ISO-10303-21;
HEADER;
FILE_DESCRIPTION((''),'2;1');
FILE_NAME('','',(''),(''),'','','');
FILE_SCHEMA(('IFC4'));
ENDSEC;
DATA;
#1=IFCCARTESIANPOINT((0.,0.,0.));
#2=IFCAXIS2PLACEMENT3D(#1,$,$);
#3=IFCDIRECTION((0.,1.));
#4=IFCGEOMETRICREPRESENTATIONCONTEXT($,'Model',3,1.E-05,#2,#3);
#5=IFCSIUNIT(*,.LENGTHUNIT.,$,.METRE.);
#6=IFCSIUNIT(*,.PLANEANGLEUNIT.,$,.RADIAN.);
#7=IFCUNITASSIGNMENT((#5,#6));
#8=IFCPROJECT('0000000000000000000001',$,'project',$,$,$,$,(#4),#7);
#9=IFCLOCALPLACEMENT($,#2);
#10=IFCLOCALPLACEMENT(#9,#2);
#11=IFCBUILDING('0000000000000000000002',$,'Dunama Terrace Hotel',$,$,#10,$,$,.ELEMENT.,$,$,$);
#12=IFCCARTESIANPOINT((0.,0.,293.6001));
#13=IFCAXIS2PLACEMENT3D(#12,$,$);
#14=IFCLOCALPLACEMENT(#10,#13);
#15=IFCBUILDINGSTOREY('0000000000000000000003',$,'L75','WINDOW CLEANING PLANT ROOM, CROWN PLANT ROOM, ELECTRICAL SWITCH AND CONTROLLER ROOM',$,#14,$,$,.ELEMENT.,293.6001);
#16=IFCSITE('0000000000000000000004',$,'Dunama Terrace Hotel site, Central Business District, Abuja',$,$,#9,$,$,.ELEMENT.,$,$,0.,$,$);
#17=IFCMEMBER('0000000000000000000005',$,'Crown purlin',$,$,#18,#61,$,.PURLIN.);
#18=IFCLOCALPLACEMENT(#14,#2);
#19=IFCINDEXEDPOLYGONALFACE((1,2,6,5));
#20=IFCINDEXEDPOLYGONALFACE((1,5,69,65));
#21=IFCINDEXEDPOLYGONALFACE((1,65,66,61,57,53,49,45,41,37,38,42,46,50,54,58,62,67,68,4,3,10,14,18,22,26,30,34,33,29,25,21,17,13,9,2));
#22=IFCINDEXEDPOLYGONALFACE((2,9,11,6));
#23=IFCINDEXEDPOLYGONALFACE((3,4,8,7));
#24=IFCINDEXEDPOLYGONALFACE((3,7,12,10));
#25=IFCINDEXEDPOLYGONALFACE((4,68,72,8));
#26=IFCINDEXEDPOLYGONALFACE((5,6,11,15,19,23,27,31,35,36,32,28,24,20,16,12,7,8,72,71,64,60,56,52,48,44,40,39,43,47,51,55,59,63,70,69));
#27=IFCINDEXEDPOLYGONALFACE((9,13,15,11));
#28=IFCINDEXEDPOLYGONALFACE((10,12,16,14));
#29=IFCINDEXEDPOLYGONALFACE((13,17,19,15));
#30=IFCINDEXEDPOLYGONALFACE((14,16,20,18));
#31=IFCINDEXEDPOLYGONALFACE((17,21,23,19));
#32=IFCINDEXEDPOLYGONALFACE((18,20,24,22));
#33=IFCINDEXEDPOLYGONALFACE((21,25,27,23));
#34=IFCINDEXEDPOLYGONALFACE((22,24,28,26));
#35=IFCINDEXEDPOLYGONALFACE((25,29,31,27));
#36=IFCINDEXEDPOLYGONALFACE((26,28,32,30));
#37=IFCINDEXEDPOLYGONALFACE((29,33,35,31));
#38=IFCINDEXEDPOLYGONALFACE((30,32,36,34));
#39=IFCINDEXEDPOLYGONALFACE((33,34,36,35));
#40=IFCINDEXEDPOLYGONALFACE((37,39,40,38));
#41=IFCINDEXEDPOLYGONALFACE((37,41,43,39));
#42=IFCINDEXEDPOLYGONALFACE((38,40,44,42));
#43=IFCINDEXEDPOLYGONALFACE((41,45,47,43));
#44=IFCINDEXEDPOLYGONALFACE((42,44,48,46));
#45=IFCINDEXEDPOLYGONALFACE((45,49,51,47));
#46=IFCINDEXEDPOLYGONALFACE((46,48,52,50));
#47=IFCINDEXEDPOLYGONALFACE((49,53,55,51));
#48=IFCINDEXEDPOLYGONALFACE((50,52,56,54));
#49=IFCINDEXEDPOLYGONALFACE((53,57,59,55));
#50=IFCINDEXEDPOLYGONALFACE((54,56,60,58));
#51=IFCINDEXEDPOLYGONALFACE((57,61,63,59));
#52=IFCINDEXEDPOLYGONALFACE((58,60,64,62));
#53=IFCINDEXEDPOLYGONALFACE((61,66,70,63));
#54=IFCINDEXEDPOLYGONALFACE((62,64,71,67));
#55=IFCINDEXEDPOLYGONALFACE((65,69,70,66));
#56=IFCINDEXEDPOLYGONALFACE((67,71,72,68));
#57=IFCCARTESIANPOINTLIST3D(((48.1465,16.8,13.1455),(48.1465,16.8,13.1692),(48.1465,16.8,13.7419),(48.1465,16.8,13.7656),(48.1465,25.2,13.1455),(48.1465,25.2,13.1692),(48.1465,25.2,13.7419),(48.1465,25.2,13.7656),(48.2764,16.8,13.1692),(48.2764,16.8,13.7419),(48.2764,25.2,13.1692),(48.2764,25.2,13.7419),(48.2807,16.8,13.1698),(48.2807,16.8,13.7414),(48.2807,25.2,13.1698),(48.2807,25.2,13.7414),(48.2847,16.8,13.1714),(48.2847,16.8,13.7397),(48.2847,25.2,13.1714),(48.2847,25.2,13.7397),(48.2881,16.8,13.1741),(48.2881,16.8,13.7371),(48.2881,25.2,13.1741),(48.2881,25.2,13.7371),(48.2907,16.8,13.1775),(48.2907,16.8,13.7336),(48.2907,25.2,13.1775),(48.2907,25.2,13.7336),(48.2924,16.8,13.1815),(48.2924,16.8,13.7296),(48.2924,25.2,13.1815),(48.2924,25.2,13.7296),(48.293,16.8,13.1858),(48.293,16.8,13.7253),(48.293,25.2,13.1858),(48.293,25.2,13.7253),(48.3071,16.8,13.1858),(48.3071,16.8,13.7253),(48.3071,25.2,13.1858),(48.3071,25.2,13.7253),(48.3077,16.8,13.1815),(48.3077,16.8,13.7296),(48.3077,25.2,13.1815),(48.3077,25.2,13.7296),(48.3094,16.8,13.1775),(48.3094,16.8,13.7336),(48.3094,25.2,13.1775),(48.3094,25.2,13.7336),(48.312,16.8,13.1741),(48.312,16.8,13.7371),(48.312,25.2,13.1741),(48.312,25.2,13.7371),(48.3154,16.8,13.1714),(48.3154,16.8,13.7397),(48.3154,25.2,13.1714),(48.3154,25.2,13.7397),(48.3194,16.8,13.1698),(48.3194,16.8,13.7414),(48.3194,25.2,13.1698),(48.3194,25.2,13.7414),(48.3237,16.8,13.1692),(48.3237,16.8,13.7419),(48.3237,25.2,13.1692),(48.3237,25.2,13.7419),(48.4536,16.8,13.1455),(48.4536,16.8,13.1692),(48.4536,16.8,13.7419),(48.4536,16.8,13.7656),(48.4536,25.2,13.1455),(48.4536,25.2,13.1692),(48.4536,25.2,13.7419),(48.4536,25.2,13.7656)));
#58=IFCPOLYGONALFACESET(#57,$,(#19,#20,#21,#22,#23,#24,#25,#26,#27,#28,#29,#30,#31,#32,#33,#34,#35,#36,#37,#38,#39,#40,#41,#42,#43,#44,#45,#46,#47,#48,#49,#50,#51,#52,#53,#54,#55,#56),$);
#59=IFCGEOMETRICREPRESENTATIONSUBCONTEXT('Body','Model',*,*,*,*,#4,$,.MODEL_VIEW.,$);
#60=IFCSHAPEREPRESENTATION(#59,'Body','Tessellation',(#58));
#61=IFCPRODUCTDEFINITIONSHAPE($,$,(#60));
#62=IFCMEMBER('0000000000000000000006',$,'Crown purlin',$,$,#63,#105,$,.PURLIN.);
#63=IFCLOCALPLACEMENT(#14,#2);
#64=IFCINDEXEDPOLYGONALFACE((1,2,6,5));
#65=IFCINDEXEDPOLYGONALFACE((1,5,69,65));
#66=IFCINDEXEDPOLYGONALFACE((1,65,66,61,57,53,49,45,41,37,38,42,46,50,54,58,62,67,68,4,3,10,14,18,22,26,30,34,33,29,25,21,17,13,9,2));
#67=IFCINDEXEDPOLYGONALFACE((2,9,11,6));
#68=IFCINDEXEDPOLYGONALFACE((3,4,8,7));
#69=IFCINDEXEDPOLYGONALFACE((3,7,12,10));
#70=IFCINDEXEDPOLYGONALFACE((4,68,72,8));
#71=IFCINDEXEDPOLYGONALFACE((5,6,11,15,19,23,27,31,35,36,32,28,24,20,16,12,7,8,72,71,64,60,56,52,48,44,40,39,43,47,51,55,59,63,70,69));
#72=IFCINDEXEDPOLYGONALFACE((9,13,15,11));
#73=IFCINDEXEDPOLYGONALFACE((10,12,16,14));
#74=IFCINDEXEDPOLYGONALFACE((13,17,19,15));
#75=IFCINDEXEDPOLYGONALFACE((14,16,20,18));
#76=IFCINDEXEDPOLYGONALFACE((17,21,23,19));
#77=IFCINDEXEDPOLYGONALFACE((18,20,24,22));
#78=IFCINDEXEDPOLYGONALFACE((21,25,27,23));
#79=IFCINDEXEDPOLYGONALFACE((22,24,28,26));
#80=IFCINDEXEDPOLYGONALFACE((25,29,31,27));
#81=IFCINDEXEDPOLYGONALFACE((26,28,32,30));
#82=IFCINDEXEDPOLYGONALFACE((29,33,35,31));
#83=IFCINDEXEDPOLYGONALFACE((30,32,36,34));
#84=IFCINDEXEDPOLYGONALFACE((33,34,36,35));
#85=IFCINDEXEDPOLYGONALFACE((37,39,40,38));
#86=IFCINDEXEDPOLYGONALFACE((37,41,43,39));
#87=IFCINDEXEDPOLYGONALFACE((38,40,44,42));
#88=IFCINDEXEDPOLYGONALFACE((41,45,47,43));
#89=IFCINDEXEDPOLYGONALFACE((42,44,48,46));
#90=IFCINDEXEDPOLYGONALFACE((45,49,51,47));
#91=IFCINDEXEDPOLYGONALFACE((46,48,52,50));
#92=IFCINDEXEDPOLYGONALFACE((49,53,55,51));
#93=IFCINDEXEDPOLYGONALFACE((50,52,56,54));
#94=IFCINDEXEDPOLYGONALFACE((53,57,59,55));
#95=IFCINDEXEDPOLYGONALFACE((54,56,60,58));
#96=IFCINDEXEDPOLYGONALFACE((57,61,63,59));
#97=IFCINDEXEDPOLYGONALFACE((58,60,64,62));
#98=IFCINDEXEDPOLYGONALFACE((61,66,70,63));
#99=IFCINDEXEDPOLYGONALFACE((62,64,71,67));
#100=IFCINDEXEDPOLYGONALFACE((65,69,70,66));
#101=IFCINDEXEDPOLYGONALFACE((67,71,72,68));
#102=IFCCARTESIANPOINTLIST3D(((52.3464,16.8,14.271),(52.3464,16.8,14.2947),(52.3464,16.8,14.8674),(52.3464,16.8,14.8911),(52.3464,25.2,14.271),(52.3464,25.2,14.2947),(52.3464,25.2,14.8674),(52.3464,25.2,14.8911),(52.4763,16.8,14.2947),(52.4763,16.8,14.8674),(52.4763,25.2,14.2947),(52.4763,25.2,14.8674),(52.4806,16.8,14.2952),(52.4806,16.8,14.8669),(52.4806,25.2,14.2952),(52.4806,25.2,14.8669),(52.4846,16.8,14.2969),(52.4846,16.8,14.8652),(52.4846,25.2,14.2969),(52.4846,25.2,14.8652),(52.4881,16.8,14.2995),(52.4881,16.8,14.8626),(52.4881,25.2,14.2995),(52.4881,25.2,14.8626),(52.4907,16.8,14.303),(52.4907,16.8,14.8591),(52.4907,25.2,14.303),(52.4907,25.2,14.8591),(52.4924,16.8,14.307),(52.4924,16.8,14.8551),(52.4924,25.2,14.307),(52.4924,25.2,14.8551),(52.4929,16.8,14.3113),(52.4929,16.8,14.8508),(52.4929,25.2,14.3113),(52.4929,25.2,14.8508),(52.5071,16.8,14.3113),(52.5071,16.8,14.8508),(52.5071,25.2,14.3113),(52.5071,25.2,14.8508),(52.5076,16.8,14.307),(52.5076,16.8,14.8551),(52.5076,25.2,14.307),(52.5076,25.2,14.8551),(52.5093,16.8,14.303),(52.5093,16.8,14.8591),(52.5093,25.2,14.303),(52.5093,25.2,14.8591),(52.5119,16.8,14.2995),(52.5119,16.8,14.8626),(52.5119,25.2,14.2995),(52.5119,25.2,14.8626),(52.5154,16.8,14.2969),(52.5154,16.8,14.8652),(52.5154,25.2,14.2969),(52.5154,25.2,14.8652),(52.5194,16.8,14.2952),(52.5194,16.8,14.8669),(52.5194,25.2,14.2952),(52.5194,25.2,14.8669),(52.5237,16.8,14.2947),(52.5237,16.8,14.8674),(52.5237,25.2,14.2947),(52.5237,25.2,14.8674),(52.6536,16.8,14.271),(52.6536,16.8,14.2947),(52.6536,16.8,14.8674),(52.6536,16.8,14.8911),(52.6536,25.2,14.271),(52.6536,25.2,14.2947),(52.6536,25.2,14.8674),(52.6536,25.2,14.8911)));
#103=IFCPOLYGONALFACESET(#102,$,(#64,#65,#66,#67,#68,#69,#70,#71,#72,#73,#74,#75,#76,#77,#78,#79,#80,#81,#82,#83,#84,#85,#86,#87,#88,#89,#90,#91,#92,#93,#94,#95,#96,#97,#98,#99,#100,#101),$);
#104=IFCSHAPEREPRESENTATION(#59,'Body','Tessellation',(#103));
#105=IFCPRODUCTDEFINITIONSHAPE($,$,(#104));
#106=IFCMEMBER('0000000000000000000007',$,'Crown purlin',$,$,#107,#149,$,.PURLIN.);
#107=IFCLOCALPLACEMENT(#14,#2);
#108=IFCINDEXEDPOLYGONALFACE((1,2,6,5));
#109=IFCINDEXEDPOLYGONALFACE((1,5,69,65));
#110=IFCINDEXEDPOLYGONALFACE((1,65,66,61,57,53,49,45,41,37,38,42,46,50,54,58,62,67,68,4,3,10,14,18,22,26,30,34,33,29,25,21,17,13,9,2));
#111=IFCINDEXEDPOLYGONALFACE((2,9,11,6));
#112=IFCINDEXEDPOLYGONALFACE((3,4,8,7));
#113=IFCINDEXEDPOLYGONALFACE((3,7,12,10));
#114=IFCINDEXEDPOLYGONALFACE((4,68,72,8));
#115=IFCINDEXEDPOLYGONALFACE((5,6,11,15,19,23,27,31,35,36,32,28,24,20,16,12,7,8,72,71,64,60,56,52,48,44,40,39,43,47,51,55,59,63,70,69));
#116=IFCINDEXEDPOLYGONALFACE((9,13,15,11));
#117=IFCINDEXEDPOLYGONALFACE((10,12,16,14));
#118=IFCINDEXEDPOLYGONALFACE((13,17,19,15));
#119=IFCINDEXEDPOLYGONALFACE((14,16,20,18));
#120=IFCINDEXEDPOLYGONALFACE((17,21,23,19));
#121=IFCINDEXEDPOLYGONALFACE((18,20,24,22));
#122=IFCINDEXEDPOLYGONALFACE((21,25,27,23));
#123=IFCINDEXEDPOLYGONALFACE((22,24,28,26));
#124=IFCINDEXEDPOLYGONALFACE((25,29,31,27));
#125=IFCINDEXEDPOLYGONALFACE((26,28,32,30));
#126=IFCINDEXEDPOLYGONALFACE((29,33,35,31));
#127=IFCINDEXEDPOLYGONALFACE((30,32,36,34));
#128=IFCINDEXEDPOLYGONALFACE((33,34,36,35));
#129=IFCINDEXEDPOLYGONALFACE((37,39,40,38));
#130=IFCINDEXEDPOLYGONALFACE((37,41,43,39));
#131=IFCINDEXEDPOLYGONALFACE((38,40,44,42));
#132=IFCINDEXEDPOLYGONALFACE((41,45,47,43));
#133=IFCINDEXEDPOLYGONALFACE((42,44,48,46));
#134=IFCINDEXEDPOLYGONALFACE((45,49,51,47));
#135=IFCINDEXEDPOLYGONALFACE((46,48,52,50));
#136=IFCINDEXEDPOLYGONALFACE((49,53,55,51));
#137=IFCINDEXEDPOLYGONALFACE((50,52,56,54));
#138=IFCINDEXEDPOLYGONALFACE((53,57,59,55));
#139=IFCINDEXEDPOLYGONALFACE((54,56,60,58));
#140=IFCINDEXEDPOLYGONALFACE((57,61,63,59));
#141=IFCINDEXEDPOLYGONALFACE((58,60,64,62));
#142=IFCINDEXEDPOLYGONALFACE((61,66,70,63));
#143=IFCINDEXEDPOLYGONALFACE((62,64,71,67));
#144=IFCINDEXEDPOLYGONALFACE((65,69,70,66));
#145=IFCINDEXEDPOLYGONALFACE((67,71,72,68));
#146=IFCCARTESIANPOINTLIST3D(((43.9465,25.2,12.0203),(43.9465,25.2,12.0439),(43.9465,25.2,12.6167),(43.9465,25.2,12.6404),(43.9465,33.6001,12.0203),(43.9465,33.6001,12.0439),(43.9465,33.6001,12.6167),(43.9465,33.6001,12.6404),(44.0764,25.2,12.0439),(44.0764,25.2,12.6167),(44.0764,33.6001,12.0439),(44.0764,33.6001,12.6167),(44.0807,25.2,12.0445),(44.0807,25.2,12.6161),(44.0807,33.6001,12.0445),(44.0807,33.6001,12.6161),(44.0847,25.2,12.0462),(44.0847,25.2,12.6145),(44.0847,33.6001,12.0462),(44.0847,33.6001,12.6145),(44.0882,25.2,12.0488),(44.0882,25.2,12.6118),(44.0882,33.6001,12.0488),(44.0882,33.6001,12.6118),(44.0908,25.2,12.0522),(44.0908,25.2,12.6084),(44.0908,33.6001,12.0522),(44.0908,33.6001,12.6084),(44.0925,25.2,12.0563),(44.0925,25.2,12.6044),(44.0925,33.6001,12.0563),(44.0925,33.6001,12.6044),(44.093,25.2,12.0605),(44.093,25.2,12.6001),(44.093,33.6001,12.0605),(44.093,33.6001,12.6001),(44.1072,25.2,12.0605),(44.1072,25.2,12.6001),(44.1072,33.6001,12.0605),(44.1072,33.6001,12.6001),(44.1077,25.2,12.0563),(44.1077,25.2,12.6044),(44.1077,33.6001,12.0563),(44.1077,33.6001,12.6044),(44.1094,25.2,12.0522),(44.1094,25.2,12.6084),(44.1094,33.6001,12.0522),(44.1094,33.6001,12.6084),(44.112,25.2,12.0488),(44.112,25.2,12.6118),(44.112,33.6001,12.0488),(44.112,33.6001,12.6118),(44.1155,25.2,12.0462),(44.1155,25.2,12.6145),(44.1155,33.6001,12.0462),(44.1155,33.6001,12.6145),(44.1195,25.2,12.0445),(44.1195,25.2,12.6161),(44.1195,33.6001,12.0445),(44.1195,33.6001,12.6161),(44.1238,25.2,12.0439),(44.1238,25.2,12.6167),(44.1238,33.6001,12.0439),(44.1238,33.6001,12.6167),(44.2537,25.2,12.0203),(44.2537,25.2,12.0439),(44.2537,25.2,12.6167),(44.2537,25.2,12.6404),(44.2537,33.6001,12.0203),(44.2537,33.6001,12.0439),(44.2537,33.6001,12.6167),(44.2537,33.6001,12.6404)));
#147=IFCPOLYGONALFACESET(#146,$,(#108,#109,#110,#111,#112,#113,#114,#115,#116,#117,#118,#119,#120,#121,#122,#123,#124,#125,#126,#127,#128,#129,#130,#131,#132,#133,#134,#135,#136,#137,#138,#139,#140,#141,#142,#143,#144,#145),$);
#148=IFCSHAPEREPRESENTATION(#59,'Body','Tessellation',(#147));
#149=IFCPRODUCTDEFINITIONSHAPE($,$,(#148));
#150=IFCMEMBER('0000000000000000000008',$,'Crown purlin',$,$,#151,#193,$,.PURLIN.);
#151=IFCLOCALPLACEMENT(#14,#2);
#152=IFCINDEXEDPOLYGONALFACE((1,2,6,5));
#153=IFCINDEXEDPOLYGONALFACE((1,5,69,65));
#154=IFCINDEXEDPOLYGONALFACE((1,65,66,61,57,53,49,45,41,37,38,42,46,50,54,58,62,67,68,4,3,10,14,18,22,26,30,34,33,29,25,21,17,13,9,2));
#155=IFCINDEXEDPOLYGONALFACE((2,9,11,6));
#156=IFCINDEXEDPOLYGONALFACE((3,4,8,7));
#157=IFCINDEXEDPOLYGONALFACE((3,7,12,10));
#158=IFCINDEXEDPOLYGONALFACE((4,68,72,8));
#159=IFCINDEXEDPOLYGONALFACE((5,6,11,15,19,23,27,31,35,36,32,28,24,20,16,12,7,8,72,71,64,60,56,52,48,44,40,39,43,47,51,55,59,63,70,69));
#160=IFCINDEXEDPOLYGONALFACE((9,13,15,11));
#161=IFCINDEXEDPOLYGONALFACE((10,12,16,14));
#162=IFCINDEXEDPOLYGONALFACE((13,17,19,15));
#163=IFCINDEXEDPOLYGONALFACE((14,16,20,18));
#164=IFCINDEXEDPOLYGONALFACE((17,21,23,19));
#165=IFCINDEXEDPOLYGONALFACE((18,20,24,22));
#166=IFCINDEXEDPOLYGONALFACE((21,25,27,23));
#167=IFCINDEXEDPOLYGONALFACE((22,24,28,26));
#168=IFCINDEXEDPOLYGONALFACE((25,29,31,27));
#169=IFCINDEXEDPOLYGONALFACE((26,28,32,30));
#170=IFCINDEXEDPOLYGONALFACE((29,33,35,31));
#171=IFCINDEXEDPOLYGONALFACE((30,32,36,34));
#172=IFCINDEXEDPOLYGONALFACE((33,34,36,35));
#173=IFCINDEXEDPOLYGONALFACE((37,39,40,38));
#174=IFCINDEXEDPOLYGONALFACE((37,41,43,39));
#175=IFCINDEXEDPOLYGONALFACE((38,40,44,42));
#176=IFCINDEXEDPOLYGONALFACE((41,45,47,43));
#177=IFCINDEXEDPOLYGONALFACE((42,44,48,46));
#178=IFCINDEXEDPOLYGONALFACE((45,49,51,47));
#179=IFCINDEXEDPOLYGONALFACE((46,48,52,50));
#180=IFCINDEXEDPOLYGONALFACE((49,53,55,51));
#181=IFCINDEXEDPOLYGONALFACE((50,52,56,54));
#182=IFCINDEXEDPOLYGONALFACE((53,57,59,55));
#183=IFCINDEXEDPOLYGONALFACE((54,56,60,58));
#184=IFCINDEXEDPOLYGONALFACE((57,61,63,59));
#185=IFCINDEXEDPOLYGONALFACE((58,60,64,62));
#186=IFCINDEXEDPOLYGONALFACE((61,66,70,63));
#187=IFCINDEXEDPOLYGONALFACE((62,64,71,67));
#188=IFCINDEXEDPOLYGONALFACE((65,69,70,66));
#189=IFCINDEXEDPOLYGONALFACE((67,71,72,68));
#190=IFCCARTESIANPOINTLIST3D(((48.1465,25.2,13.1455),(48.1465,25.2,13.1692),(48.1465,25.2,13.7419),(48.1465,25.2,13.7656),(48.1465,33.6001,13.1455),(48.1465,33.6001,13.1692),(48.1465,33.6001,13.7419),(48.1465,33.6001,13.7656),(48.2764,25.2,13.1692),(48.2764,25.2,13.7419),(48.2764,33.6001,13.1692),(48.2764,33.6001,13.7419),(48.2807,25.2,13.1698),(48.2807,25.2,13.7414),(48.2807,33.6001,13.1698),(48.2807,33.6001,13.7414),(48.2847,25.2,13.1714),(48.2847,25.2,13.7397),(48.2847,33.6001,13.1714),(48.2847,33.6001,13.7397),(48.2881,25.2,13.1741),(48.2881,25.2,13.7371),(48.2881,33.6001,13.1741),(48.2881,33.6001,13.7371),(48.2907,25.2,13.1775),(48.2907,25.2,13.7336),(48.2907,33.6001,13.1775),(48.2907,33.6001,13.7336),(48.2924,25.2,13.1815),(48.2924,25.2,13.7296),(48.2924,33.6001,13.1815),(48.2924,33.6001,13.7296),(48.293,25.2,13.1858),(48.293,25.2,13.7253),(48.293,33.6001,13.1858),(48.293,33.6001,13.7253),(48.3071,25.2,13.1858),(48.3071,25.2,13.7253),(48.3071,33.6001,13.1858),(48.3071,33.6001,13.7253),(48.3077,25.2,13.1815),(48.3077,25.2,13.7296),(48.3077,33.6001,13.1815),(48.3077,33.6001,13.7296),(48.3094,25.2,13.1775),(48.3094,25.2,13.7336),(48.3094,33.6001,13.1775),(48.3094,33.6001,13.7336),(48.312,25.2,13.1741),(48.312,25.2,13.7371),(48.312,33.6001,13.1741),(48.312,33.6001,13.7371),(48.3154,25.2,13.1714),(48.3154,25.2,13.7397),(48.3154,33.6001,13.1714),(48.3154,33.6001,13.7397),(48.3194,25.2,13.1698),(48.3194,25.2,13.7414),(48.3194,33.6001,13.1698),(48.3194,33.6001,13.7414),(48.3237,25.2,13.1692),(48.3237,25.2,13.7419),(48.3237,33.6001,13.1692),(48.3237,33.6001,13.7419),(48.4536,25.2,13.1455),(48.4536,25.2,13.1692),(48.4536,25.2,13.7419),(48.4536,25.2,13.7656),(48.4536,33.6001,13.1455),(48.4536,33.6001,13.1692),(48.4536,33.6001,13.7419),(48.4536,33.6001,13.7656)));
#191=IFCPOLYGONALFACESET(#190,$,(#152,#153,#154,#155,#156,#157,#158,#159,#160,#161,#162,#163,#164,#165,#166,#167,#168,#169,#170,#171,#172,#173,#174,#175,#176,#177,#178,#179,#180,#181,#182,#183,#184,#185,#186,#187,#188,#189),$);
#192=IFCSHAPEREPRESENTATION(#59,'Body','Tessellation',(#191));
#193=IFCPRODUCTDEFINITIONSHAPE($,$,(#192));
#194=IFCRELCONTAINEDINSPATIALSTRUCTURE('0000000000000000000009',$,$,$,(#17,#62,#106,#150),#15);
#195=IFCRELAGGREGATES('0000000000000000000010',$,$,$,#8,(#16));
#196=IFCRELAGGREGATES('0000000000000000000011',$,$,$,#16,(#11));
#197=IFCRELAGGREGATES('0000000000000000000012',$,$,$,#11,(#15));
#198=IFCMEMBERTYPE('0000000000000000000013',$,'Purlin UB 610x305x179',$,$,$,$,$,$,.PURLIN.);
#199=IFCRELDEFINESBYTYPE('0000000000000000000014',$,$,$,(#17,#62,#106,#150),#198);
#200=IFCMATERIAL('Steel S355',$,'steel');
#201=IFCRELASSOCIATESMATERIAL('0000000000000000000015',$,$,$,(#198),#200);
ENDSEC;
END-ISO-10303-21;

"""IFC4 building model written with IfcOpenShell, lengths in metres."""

from ifc_helpers import new_model, si_unit, direction, frame, origin, origin_2d, place, context, subcontext, project, spatial, i_section, extrude, material, material_profile, profile_set, type_object, element, save


model = new_model("IFC4")

# Units and contexts
model_context = context("Model", 3, precision=1e-05, world=origin(), true_north=direction((0.0, 1.0)))
body_context = subcontext(model_context, "Body", "Model", "MODEL_VIEW")
ifc_project = project(units=[si_unit("LENGTHUNIT", "METRE"), si_unit("PLANEANGLEUNIT", "RADIAN")], contexts=[model_context])

# Site, building, storey
site_placement = place(None, origin())
site = spatial("IfcSite", under=ifc_project, at=site_placement, Name="Dunama Terrace Hotel site, Central Business District, Abuja", CompositionType="ELEMENT", RefElevation=0.0)
building_placement = place(site_placement, origin())
building = spatial("IfcBuilding", under=site, at=building_placement, Name="Dunama Terrace Hotel", CompositionType="ELEMENT")
storey_placement = place(building_placement, frame((0.0, 0.0, 293.6001)))
storey = spatial("IfcBuildingStorey", under=building, at=storey_placement, Name="L75", Description="WINDOW CLEANING PLANT ROOM, CROWN PLANT ROOM, ELECTRICAL SWITCH AND CONTROLLER ROOM", CompositionType="ELEMENT", Elevation=293.6001)

# Members
ifc_material_1 = material(Name="Steel S355", Category="steel")
ifc_material_profile_1 = material_profile(ifc_material_1, i_section(OverallWidth=0.3071, OverallDepth=0.6201, WebThickness=0.0142, FlangeThickness=0.0237, FilletRadius=0.0166, at=origin_2d()), Name="UB 610x305x179")
ifc_profile_set_1 = profile_set([ifc_material_profile_1], Name="Steel S355")
member_type_1 = type_object("IfcMemberType", Name="Purlin UB 610x305x179", PredefinedType="PURLIN", material=ifc_profile_set_1)
for number, where, z_axis, x_axis, name in (
    (1, (48.3, 16.8, 13.4556), (0.0, 1.0, 0.0), (-1.0, 0.0, 0.0), "Crown purlin"),
    (2, (52.5, 16.8, 14.5811), (0.0, 1.0, 0.0), (-1.0, 0.0, 0.0), "Crown purlin"),
):
    element("IfcMember", number, at=place(storey_placement, frame(where, z_axis=z_axis, x_axis=x_axis)), inside=storey, type_object=member_type_1, Name=name, PredefinedType="PURLIN", context=body_context, shape_type="SweptSolid", body=[
        extrude(i_section(OverallWidth=0.3071, OverallDepth=0.6201, WebThickness=0.0142, FlangeThickness=0.0237, FilletRadius=0.0166, at=origin_2d()), origin(), (0.0, 0.0, 1.0), 8.3999),
    ])
for number, where, z_axis, x_axis, name in (
    (3, (44.1001, 25.2, 12.3303), (0.0, 1.0, 0.0), (-1.0, 0.0, 0.0), "Crown purlin"),
    (4, (48.3, 25.2, 13.4556), (0.0, 1.0, 0.0), (-1.0, 0.0, 0.0), "Crown purlin"),
):
    element("IfcMember", number, at=place(storey_placement, frame(where, z_axis=z_axis, x_axis=x_axis)), inside=storey, type_object=member_type_1, Name=name, PredefinedType="PURLIN", context=body_context, shape_type="SweptSolid", body=[
        extrude(i_section(OverallWidth=0.3071, OverallDepth=0.6201, WebThickness=0.0142, FlangeThickness=0.0237, FilletRadius=0.0166, at=origin_2d()), origin(), (0.0, 0.0, 1.0), 8.4001),
    ])

save(model, "model.ifc")
